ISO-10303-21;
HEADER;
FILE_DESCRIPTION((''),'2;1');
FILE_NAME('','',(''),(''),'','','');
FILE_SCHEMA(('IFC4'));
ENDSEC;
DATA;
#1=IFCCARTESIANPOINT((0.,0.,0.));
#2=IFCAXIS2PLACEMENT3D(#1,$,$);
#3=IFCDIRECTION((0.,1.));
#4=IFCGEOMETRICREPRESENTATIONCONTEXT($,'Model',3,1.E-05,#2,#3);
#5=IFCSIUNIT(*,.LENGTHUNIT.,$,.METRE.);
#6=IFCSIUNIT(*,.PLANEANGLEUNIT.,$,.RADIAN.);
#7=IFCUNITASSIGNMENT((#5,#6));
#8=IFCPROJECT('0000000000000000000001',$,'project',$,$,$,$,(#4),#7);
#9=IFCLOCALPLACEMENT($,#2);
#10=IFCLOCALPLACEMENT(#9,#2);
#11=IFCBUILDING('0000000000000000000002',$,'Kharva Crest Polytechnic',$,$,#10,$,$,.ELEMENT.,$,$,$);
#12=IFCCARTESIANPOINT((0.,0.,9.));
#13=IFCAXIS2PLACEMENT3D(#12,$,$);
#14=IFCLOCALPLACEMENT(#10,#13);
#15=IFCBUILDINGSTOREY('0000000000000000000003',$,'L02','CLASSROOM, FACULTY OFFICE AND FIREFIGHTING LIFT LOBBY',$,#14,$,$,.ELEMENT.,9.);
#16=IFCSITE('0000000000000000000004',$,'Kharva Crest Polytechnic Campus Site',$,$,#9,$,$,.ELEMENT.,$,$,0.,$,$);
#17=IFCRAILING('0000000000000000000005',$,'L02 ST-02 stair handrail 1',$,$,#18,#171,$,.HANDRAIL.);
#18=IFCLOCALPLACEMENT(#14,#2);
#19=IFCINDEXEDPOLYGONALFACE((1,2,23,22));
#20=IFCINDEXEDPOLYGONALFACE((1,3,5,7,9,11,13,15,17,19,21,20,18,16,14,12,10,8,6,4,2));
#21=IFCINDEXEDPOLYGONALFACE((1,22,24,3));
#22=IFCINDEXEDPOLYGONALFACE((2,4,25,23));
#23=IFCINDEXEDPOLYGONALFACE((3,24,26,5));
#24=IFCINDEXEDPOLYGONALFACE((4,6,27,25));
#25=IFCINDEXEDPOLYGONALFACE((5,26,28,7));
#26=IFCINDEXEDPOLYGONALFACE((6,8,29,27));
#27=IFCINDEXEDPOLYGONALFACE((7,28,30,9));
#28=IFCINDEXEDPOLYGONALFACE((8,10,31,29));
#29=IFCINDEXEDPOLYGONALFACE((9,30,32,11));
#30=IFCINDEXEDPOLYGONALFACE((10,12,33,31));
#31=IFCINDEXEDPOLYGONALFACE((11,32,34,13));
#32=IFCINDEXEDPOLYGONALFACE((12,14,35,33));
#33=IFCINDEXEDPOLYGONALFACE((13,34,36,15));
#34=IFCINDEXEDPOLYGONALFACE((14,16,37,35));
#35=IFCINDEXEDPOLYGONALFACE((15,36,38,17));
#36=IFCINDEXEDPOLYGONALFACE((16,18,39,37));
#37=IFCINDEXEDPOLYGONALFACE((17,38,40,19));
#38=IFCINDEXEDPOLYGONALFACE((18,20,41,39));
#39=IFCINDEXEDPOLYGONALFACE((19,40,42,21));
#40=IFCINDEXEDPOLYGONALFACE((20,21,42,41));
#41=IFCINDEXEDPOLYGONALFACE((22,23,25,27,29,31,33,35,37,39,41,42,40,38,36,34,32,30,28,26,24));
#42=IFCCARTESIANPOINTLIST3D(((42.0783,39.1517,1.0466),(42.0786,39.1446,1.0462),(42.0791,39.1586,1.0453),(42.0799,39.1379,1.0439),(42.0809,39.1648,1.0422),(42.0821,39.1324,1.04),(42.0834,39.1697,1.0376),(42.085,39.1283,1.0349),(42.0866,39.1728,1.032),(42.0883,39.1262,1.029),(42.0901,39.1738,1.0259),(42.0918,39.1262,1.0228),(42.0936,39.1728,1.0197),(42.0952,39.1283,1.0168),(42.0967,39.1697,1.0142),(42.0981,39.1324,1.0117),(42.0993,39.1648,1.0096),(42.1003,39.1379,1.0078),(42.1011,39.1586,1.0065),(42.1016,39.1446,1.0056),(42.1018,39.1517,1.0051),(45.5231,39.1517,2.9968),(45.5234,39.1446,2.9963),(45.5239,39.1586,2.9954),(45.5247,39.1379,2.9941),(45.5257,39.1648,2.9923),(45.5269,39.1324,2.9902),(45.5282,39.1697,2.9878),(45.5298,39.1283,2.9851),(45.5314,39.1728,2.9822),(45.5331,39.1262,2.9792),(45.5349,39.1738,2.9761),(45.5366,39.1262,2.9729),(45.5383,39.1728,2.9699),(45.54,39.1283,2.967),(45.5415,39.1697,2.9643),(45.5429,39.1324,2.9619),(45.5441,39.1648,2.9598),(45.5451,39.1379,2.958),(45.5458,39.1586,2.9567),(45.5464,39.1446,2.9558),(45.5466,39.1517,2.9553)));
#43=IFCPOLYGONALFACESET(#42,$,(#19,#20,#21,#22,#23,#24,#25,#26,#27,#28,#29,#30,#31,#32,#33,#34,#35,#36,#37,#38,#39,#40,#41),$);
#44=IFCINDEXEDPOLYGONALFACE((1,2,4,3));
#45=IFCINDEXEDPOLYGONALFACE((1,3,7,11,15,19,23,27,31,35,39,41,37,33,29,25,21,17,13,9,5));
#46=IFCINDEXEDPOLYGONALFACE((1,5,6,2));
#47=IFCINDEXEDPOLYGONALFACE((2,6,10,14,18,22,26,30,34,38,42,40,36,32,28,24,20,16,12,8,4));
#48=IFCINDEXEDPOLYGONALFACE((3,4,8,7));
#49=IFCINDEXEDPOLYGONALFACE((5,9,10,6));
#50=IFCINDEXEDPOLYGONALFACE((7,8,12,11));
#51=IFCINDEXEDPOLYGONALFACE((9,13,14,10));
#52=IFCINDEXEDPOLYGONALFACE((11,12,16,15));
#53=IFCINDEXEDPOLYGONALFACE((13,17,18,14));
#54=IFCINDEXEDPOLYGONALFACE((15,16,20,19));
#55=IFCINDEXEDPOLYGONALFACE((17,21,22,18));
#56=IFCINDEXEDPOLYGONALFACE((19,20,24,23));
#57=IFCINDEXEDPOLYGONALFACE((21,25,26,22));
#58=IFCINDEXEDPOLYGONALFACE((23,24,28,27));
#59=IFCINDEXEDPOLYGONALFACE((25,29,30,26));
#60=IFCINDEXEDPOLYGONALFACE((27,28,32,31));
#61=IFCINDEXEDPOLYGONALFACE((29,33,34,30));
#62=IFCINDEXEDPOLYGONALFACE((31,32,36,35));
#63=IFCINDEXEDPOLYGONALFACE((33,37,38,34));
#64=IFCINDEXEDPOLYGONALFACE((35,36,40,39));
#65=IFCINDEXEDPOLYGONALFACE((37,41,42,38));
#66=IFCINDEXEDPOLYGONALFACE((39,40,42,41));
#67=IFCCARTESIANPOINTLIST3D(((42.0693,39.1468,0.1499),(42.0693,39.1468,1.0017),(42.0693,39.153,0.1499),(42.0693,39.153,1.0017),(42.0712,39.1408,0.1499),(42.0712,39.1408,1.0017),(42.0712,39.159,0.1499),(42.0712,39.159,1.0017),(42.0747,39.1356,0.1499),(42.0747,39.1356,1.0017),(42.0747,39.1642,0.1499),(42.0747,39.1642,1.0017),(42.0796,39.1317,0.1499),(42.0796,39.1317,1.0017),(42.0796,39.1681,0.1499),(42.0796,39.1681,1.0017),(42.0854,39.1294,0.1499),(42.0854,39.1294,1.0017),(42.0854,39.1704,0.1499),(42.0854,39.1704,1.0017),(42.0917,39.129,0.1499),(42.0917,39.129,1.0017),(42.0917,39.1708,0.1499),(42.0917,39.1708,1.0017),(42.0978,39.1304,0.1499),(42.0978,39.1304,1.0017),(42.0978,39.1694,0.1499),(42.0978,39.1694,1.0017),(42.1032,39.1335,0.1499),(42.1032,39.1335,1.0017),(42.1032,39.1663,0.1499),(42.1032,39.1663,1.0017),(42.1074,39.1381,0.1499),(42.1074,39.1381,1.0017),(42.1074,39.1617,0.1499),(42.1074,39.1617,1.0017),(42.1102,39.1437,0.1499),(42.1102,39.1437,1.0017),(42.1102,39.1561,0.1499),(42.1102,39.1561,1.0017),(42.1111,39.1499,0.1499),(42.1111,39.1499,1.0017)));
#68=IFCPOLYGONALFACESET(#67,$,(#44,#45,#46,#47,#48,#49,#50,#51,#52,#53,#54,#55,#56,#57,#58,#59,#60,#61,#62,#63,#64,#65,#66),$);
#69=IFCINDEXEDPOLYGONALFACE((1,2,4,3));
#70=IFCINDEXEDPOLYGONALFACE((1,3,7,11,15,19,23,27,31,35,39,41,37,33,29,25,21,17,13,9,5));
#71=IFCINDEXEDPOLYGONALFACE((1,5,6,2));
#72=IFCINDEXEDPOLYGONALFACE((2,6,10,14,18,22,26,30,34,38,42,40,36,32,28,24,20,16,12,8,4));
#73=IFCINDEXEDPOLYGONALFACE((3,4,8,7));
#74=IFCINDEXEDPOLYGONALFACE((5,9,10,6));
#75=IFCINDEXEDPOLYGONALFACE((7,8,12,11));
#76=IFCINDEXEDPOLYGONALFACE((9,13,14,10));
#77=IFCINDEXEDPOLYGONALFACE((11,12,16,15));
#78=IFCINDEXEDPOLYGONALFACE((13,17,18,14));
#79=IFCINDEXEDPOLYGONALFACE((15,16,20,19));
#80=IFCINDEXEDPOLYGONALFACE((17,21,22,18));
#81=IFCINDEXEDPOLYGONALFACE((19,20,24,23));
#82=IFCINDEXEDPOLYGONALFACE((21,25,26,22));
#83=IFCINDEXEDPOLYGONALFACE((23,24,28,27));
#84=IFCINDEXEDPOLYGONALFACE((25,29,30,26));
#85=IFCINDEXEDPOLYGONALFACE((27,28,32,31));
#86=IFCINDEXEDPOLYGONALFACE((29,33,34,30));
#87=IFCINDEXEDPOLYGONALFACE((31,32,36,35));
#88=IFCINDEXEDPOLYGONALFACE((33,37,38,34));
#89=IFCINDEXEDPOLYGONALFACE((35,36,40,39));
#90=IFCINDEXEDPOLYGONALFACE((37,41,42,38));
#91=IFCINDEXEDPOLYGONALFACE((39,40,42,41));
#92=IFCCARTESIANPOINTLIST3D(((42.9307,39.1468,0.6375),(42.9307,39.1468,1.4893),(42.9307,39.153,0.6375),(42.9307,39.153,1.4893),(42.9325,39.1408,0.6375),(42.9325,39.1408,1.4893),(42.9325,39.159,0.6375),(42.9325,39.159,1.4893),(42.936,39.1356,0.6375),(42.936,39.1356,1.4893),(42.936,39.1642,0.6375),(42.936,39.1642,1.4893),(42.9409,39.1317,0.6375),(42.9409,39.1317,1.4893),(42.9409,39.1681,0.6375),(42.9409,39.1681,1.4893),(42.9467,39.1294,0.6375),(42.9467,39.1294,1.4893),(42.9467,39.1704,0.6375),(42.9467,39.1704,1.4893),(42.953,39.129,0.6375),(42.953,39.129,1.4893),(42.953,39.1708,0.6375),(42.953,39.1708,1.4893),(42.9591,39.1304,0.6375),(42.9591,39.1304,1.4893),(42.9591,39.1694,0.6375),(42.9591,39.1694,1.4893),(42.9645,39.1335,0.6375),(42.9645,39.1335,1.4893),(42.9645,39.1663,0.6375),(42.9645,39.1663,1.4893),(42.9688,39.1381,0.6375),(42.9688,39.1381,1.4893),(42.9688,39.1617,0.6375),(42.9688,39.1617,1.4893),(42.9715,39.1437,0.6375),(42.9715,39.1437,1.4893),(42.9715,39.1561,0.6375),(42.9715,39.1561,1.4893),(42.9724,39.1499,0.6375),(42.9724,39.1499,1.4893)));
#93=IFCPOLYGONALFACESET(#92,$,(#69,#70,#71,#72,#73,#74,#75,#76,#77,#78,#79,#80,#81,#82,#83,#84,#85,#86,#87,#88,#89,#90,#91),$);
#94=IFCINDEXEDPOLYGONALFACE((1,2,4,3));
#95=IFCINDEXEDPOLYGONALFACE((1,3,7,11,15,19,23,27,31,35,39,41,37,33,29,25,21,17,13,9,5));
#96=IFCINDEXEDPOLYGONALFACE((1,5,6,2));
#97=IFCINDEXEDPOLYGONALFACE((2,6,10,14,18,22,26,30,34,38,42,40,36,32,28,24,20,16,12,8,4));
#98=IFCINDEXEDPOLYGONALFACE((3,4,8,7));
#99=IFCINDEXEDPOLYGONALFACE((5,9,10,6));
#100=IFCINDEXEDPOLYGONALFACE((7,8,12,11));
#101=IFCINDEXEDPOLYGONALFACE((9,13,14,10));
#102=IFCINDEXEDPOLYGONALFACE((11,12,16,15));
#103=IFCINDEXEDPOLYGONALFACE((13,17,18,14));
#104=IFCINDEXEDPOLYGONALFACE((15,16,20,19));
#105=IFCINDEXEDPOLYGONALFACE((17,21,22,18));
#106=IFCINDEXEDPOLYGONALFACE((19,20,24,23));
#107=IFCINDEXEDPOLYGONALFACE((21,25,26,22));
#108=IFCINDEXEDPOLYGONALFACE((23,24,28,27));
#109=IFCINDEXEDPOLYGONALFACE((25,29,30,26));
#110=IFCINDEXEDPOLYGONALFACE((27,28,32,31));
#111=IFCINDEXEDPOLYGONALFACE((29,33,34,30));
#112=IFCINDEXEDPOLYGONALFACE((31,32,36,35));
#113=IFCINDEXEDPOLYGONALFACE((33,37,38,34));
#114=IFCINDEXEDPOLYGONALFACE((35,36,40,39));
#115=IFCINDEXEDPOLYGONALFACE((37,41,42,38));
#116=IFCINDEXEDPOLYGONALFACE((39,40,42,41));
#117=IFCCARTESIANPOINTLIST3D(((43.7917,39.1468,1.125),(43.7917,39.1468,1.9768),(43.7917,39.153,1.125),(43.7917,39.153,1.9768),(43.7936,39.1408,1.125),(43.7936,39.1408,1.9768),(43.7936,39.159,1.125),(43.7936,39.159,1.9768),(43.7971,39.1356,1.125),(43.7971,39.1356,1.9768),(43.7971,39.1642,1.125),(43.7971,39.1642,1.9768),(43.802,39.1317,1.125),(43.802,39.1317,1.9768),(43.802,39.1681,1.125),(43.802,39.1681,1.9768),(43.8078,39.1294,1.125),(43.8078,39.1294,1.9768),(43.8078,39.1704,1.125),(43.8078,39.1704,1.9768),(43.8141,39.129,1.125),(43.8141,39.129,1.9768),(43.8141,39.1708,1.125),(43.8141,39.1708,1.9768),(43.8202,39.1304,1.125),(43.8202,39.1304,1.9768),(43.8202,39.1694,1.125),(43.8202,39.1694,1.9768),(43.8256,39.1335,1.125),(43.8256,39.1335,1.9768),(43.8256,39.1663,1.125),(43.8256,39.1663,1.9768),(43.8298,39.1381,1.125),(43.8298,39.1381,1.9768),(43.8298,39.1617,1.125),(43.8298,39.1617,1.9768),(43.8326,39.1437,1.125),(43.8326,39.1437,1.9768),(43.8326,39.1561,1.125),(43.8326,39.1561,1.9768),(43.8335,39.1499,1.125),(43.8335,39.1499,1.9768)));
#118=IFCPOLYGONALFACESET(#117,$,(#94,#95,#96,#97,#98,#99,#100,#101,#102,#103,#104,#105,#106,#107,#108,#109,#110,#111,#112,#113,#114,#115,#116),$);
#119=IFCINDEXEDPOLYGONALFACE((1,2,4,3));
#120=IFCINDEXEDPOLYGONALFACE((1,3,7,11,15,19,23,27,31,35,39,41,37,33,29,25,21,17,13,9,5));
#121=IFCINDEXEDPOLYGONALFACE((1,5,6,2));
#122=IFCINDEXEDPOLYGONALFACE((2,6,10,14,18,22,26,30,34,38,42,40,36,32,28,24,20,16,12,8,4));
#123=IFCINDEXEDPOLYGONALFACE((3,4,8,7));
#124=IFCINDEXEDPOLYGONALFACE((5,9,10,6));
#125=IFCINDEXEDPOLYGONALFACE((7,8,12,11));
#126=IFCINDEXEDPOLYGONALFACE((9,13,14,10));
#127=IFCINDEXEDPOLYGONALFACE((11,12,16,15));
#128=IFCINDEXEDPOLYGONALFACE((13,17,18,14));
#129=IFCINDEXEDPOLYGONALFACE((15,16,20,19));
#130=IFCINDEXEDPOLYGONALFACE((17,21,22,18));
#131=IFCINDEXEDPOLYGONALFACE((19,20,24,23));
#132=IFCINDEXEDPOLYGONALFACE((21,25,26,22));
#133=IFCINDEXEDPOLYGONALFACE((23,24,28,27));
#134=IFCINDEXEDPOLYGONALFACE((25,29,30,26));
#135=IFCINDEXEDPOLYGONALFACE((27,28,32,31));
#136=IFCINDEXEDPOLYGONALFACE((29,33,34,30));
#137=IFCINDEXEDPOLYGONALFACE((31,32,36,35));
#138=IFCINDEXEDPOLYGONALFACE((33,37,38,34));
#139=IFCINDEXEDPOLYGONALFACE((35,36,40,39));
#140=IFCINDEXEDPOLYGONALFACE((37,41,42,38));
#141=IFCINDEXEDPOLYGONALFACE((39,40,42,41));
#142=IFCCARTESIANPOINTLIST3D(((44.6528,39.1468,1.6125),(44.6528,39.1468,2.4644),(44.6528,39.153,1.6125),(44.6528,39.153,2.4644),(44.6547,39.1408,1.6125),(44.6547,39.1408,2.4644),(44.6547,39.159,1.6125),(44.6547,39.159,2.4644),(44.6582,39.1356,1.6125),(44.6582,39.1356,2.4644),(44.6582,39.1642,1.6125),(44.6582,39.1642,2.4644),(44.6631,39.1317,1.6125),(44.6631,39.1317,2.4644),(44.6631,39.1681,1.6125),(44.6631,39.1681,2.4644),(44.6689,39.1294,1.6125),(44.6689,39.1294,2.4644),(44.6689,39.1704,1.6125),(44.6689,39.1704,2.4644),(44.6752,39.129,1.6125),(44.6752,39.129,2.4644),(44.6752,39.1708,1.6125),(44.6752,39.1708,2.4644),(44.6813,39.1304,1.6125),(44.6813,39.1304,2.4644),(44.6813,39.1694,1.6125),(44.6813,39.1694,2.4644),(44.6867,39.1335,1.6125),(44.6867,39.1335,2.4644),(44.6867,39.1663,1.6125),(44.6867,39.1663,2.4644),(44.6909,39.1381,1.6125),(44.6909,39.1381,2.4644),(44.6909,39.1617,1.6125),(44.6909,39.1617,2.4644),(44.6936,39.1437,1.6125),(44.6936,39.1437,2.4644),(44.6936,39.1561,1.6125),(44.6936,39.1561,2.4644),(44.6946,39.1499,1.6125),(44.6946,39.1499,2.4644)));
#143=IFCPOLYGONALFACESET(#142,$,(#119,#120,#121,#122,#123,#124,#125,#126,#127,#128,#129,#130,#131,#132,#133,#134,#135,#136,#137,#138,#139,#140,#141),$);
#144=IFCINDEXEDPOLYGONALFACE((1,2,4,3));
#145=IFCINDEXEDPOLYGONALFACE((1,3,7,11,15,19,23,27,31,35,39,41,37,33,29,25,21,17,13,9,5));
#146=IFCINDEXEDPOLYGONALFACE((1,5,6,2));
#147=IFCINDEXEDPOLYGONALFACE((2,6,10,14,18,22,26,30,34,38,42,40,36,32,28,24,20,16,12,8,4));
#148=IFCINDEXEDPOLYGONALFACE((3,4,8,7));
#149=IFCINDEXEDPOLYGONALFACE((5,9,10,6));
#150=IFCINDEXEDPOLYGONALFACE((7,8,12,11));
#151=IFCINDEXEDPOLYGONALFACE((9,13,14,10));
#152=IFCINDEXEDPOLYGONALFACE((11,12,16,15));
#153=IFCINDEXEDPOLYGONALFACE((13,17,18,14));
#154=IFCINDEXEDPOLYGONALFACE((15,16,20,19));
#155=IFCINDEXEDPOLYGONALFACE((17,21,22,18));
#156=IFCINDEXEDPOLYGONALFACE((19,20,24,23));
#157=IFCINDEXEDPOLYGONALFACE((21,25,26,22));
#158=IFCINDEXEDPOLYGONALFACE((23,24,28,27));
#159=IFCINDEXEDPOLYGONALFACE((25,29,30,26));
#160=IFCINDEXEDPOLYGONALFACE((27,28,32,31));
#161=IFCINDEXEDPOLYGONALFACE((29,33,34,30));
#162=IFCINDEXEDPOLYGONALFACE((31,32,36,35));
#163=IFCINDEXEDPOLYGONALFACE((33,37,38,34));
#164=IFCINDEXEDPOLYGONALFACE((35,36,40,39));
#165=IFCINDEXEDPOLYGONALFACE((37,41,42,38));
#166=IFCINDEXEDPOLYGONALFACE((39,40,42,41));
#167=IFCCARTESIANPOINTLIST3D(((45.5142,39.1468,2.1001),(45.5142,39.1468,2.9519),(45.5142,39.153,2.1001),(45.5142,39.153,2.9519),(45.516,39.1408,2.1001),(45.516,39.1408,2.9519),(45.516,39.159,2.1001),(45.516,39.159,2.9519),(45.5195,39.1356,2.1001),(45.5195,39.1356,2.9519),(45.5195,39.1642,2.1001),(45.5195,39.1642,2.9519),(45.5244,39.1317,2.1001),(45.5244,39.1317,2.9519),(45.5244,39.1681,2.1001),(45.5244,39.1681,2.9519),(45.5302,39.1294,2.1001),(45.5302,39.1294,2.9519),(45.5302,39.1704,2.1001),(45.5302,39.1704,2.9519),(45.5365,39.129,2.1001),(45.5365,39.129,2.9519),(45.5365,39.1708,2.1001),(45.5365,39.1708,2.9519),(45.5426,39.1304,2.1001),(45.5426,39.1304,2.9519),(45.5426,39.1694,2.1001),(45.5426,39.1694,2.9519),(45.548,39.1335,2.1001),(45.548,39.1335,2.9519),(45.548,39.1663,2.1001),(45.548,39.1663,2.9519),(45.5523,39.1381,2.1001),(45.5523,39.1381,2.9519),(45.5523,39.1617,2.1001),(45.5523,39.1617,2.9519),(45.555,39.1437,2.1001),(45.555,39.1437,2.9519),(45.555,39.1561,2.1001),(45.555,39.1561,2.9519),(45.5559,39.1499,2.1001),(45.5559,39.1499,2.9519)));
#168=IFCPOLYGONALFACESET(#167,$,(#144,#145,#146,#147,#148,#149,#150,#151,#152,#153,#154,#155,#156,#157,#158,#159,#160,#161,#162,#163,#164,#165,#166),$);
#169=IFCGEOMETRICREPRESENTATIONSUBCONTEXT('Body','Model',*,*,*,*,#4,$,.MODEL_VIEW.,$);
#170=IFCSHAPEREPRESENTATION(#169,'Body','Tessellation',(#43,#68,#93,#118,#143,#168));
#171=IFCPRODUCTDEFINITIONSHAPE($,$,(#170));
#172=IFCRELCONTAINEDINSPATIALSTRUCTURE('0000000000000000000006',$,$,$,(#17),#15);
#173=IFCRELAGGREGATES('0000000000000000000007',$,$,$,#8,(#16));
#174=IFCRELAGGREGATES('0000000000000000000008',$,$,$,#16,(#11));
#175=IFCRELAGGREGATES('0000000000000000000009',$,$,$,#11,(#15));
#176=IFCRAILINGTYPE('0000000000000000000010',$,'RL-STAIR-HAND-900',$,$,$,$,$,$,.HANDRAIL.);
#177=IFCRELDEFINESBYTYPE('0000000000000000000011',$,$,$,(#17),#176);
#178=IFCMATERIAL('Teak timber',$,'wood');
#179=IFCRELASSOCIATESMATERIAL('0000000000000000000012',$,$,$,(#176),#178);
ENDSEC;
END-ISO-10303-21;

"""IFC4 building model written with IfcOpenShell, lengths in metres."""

from ifc_helpers import new_model, si_unit, direction, frame, origin, origin_2d, place, context, subcontext, project, spatial, circle, extrude, material, type_object, element, save


model = new_model("IFC4")

# Units and contexts
model_context = context("Model", 3, precision=1e-05, world=origin(), true_north=direction((0.0, 1.0)))
body_context = subcontext(model_context, "Body", "Model", "MODEL_VIEW")
ifc_project = project(units=[si_unit("LENGTHUNIT", "METRE"), si_unit("PLANEANGLEUNIT", "RADIAN")], contexts=[model_context])

# Site, building, storey
site_placement = place(None, origin())
site = spatial("IfcSite", under=ifc_project, at=site_placement, Name="Kharva Crest Polytechnic Campus Site", CompositionType="ELEMENT", RefElevation=0.0)
building_placement = place(site_placement, origin())
building = spatial("IfcBuilding", under=site, at=building_placement, Name="Kharva Crest Polytechnic", CompositionType="ELEMENT")
storey_placement = place(building_placement, frame((0.0, 0.0, 9.0)))
storey = spatial("IfcBuildingStorey", under=building, at=storey_placement, Name="L02", Description="CLASSROOM, FACULTY OFFICE AND FIREFIGHTING LIFT LOBBY", CompositionType="ELEMENT", Elevation=9.0)

# Railing
ifc_material_1 = material(Name="Teak timber", Category="wood")
railing_type_1 = type_object("IfcRailingType", Name="RL-STAIR-HAND-900", PredefinedType="HANDRAIL", material=ifc_material_1)
railing_1_placement = place(storey_placement, frame((42.0901, 39.1499, 0.1499)))
element("IfcRailing", 1, at=railing_1_placement, inside=storey, type_object=railing_type_1, Name="L02 ST-02 stair handrail 1", PredefinedType="HANDRAIL", context=body_context, shape_type="SweptSolid", body=[
    extrude(circle(Radius=0.0239, at=origin_2d()), frame((0.0, 0.0, 0.876), z_axis=(0.870225, 0.0, 0.492655), x_axis=(0.0, 1.0, 0.0)), (0.0, 0.0, 1.0), 3.9585),
    extrude(circle(Radius=0.021, at=origin_2d()), origin(), (0.0, 0.0, 1.0), 0.8518),
    extrude(circle(Radius=0.021, at=origin_2d()), frame((0.8613, 0.0, 0.4875)), (0.0, 0.0, 1.0), 0.8518),
    extrude(circle(Radius=0.021, at=origin_2d()), frame((1.7224, 0.0, 0.9751)), (0.0, 0.0, 1.0), 0.8518),
    extrude(circle(Radius=0.021, at=origin_2d()), frame((2.5835, 0.0, 1.4626)), (0.0, 0.0, 1.0), 0.8518),
    extrude(circle(Radius=0.021, at=origin_2d()), frame((3.4448, 0.0, 1.9502)), (0.0, 0.0, 1.0), 0.8518),
])

save(model, "model.ifc")
